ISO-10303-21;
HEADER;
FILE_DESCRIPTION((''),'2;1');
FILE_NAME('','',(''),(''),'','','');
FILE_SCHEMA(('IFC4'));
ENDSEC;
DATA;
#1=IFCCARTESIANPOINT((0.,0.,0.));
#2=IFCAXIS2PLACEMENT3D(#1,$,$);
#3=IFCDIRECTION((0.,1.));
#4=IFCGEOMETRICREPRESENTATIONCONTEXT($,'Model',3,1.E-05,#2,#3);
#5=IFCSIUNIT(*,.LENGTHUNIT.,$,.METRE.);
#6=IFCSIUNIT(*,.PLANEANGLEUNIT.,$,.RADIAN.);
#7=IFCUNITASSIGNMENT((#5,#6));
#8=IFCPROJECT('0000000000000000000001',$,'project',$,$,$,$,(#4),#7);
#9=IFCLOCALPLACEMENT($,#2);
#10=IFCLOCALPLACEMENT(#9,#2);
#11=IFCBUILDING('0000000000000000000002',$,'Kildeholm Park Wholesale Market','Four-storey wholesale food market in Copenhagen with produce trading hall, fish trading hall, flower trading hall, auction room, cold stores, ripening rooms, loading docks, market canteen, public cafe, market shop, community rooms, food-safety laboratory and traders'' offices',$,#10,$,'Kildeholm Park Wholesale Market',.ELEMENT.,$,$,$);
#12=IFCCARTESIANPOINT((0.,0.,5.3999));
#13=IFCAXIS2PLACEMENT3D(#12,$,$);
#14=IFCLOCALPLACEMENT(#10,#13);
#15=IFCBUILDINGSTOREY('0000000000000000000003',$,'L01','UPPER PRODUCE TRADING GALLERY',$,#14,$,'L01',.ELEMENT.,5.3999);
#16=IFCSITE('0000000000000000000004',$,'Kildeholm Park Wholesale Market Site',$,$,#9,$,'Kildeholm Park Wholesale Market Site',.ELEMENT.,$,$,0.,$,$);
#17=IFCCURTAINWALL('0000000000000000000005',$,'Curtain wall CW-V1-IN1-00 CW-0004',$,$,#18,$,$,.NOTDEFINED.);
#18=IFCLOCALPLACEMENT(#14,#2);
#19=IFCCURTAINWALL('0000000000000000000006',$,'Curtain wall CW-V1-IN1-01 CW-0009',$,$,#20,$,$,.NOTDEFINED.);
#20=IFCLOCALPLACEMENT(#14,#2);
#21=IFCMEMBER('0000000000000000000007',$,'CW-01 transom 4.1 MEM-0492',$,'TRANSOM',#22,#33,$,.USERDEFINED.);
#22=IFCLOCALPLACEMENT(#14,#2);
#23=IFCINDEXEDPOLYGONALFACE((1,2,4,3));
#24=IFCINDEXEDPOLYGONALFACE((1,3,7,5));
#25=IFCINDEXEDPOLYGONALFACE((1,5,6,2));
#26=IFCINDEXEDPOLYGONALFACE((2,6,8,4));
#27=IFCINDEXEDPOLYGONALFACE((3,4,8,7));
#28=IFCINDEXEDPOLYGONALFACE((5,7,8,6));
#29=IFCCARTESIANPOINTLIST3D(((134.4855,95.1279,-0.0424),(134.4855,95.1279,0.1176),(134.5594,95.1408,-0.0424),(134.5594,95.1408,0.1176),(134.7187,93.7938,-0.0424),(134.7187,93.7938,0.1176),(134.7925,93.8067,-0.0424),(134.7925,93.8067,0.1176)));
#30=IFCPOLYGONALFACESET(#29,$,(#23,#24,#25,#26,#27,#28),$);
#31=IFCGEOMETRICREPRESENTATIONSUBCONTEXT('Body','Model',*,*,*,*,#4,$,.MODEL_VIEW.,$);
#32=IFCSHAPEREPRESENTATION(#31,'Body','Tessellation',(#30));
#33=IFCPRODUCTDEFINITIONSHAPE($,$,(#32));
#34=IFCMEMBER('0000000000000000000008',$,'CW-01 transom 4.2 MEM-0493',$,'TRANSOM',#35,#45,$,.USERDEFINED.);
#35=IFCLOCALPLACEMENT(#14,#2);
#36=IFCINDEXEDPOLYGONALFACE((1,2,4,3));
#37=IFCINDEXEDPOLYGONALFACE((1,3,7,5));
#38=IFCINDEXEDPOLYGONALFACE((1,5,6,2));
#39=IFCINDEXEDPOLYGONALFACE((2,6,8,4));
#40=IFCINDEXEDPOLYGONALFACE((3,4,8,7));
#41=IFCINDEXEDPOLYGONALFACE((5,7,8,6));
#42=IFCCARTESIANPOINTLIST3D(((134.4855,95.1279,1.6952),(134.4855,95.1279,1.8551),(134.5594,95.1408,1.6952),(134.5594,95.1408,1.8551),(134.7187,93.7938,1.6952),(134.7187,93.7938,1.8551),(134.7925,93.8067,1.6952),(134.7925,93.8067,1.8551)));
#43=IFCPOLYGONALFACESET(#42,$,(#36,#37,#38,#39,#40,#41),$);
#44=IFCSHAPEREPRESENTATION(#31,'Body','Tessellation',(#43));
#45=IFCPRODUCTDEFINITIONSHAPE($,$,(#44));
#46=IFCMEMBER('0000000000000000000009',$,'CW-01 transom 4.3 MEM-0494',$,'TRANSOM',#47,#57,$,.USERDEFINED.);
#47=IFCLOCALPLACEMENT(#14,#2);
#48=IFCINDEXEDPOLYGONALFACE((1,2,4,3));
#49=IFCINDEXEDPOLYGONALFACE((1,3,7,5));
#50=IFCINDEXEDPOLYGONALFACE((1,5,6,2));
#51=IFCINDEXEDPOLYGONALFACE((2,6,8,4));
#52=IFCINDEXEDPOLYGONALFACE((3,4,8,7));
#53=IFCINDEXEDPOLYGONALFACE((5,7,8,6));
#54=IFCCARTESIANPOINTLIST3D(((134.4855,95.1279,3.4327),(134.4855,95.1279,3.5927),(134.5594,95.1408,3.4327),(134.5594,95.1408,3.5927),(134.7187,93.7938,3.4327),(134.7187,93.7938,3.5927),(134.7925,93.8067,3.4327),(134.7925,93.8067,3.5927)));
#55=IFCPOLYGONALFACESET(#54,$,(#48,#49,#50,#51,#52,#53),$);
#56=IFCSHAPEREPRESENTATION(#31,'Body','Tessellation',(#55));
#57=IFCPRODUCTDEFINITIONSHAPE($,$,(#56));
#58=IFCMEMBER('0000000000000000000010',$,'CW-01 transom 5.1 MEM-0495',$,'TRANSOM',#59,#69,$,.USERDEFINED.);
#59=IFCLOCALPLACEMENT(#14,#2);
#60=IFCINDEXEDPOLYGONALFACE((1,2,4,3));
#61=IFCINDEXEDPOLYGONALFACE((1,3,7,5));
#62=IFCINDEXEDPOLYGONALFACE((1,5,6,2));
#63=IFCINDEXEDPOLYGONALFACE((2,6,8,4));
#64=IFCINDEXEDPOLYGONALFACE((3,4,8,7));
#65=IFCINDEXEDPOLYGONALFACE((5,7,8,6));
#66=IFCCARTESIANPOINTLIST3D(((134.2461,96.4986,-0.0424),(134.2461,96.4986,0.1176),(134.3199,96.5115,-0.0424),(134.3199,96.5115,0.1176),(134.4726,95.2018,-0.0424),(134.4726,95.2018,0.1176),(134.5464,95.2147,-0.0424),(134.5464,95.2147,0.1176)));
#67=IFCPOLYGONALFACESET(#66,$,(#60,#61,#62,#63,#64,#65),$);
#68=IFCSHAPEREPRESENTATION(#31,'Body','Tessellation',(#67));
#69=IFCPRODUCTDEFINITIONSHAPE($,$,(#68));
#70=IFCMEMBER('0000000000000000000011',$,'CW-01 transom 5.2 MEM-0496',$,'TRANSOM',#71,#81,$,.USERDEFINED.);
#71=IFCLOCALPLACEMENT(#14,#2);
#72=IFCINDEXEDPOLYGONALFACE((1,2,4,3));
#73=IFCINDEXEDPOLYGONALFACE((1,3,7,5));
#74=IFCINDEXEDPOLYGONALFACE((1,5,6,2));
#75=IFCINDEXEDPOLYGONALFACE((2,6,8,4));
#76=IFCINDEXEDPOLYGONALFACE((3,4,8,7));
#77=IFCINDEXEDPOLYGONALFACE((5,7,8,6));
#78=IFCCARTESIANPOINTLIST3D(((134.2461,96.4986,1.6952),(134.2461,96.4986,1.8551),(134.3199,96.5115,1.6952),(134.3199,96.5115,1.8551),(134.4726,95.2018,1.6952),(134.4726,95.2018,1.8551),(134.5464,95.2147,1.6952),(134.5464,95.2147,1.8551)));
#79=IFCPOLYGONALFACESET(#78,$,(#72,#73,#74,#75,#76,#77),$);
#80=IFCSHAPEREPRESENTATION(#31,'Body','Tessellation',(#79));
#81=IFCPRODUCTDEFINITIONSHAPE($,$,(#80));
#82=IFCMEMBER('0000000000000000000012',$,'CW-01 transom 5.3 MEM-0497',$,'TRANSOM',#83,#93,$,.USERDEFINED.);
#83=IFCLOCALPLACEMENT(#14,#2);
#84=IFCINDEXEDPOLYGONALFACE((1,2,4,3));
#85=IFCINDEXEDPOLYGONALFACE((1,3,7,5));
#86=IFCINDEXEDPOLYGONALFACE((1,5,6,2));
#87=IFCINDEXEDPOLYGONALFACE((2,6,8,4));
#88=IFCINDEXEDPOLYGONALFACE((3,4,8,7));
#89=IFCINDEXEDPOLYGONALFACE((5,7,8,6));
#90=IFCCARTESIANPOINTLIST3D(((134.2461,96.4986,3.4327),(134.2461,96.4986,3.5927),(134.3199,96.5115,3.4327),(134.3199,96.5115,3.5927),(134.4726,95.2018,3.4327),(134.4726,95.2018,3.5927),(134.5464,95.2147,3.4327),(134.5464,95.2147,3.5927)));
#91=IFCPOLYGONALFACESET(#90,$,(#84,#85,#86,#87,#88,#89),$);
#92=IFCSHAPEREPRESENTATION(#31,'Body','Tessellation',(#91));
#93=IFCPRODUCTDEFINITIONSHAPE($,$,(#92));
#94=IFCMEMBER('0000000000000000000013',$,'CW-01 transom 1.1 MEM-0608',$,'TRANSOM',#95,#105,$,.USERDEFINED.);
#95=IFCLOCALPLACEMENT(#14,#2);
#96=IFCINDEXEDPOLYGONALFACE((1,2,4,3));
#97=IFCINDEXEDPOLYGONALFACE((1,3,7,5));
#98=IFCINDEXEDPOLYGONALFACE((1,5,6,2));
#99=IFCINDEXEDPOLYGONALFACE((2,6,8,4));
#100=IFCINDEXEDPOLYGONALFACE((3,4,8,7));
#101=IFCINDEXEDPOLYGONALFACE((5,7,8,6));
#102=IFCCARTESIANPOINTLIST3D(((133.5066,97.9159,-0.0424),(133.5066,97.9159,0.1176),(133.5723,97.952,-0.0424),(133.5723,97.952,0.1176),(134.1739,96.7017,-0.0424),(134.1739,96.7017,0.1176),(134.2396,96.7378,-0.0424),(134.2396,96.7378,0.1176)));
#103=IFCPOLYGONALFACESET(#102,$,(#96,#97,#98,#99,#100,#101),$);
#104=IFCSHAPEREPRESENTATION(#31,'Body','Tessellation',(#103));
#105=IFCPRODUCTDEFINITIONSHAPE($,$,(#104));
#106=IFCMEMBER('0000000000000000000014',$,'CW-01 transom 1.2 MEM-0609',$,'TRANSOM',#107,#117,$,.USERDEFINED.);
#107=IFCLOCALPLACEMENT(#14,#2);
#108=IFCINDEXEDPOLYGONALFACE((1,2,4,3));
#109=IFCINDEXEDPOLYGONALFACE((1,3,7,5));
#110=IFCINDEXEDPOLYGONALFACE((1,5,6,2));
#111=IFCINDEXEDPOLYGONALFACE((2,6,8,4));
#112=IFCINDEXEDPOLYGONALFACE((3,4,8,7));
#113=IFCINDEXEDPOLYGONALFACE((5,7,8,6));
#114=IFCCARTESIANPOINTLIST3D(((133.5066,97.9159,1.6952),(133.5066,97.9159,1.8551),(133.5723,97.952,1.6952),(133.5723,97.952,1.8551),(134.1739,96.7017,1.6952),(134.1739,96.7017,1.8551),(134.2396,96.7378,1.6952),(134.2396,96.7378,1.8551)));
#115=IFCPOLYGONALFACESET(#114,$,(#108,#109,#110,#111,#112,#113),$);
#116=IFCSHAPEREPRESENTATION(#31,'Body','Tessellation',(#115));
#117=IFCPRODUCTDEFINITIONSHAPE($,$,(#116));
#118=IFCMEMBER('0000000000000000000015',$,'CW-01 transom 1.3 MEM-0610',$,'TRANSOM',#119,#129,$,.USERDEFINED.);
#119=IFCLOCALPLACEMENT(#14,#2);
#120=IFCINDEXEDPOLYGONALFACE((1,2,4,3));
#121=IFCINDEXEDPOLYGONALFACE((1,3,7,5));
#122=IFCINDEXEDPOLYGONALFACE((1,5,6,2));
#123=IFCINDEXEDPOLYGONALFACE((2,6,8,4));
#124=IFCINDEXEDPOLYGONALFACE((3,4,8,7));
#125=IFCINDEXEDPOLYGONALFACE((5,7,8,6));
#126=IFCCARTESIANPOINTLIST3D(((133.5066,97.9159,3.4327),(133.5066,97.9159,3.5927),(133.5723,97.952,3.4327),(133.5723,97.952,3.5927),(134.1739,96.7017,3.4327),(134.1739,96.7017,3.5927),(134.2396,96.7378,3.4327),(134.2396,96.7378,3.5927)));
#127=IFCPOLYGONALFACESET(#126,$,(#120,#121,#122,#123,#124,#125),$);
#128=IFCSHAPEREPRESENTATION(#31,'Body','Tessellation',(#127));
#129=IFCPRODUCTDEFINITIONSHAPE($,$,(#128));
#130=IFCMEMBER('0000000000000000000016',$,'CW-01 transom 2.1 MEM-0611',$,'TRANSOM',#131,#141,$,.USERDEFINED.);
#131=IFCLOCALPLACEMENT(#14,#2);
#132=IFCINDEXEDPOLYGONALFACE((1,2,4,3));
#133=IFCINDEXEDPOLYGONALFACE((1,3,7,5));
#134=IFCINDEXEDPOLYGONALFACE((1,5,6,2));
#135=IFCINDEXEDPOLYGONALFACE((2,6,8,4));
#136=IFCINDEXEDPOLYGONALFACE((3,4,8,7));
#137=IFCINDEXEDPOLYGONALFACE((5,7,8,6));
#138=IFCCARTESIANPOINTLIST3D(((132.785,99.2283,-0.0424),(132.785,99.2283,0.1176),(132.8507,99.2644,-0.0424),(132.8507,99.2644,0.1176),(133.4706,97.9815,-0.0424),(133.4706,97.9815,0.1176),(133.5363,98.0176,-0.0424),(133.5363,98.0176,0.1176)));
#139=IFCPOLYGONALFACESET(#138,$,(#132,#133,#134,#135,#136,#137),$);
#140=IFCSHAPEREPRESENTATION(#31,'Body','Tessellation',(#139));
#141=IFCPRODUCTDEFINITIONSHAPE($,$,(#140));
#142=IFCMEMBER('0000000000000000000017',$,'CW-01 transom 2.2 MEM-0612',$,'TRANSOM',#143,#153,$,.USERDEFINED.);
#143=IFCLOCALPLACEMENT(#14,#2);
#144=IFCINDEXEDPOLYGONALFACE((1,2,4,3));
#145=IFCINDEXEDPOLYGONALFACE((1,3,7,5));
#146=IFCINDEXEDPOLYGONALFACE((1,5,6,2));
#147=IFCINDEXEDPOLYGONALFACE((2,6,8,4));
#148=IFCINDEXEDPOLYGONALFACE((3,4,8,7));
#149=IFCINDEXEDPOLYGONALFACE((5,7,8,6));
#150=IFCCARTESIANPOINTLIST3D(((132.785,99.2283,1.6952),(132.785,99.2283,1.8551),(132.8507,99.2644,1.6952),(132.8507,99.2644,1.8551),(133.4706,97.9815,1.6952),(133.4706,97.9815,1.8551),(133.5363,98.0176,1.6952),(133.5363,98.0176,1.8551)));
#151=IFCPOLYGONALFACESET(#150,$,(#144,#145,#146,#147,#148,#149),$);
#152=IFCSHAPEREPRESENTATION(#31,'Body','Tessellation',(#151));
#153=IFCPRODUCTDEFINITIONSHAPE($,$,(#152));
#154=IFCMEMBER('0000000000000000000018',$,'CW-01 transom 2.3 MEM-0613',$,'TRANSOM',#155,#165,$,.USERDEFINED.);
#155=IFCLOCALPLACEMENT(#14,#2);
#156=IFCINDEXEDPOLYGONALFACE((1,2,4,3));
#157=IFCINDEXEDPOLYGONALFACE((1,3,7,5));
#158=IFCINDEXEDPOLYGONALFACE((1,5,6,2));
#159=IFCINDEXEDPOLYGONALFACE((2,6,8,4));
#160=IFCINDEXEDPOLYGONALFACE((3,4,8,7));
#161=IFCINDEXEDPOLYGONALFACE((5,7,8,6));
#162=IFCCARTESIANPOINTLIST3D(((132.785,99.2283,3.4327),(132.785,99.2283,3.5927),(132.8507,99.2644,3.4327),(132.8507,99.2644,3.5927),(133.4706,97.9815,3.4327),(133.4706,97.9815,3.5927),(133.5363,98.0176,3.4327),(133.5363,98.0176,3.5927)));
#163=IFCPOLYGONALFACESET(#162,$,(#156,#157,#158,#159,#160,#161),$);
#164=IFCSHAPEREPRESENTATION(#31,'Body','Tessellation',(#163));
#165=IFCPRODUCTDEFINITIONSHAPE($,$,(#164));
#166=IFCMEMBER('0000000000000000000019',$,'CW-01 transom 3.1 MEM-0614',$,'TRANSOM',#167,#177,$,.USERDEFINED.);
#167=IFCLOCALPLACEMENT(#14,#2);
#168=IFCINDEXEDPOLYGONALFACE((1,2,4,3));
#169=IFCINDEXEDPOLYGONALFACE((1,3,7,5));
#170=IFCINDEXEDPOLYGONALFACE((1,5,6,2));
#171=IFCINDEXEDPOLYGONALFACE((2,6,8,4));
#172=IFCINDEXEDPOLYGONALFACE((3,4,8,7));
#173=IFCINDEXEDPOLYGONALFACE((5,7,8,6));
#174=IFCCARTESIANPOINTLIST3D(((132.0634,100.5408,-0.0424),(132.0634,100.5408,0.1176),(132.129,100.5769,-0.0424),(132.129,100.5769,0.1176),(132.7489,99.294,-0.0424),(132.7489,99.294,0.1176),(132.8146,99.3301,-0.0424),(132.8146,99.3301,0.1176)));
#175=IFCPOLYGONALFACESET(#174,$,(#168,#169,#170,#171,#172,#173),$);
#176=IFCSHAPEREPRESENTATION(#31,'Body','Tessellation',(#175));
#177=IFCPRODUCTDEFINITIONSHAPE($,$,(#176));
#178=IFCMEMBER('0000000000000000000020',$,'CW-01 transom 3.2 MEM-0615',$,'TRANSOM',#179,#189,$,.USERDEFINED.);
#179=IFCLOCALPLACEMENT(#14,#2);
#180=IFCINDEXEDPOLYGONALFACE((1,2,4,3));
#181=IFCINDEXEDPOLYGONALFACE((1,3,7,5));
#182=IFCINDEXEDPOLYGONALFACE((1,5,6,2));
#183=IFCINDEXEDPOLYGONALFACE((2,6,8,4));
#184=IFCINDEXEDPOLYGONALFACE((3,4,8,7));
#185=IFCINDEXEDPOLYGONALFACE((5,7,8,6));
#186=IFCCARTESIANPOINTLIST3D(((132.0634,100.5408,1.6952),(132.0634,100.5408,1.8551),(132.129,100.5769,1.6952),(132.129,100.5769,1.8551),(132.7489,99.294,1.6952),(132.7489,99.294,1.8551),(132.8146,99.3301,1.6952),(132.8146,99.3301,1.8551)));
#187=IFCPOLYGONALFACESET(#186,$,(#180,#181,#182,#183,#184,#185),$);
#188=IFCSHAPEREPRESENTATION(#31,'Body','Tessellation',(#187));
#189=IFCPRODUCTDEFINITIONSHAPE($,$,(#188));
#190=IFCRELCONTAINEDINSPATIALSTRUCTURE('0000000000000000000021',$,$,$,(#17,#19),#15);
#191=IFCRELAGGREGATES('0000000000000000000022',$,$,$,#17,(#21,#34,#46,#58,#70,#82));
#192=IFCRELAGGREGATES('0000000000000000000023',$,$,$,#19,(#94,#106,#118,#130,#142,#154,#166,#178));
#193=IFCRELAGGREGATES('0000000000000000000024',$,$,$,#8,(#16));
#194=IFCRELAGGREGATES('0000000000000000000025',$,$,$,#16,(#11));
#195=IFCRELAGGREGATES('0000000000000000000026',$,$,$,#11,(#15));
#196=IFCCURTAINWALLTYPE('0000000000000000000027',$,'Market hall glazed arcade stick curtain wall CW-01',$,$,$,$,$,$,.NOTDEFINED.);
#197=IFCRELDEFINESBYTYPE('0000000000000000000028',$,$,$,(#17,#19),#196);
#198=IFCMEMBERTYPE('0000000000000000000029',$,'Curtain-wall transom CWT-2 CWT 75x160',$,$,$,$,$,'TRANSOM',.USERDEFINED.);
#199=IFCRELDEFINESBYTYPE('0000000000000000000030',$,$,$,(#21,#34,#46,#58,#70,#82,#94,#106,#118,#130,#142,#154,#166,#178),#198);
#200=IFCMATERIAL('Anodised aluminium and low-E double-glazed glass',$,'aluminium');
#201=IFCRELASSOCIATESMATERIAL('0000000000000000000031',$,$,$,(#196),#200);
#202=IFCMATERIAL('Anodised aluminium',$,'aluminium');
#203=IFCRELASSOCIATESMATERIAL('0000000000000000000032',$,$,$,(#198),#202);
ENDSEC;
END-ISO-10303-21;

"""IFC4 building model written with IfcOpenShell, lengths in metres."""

from ifc_helpers import new_model, si_unit, direction, frame, origin, origin_2d, place, context, subcontext, project, spatial, rectangle, extrude, material, material_profile, profile_set, type_object, element, aggregate, save


model = new_model("IFC4")

# Units and contexts
model_context = context("Model", 3, precision=1e-05, world=origin(), true_north=direction((0.0, 1.0)))
body_context = subcontext(model_context, "Body", "Model", "MODEL_VIEW")
ifc_project = project(units=[si_unit("LENGTHUNIT", "METRE"), si_unit("PLANEANGLEUNIT", "RADIAN")], contexts=[model_context])

# Site, building, storey
site_placement = place(None, origin())
site = spatial("IfcSite", under=ifc_project, at=site_placement, Name="Kildeholm Park Wholesale Market Site", LongName="Kildeholm Park Wholesale Market Site", CompositionType="ELEMENT", RefElevation=0.0)
building_placement = place(site_placement, origin())
building = spatial("IfcBuilding", under=site, at=building_placement, Name="Kildeholm Park Wholesale Market", Description="Four-storey wholesale food market in Copenhagen with produce trading hall, fish trading hall, flower trading hall, auction room, cold stores, ripening rooms, loading docks, market canteen, public cafe, market shop, community rooms, food-safety laboratory and traders' offices", LongName="Kildeholm Park Wholesale Market", CompositionType="ELEMENT")
storey_placement = place(building_placement, frame((0.0, 0.0, 5.3999)))
storey = spatial("IfcBuildingStorey", under=building, at=storey_placement, Name="L01", Description="UPPER PRODUCE TRADING GALLERY", LongName="L01", CompositionType="ELEMENT", Elevation=5.3999)

# Curtain walls
ifc_material_1 = material(Name="Anodised aluminium and low-E double-glazed glass", Category="aluminium")
curtain_wall_type = type_object("IfcCurtainWallType", Name="Market hall glazed arcade stick curtain wall CW-01", PredefinedType="NOTDEFINED", material=ifc_material_1)
curtain_wall_1_placement = place(storey_placement, origin())
curtain_wall_1 = element("IfcCurtainWall", 1, at=curtain_wall_1_placement, inside=storey, type_object=curtain_wall_type, Name="Curtain wall CW-V1-IN1-00 CW-0004", PredefinedType="NOTDEFINED")
ifc_material_2 = material(Name="Anodised aluminium", Category="aluminium")
curtain_wall_2_placement = place(storey_placement, origin())
curtain_wall_2 = element("IfcCurtainWall", 2, at=curtain_wall_2_placement, inside=storey, type_object=curtain_wall_type, Name="Curtain wall CW-V1-IN1-01 CW-0009", PredefinedType="NOTDEFINED")

# Members
ifc_material_profile_1 = material_profile(ifc_material_2, rectangle(XDim=0.075, YDim=0.1599, at=origin_2d()), Name="CWT 75x160")
ifc_profile_set_1 = profile_set([ifc_material_profile_1], Name="Anodised aluminium")
member_type_1 = type_object("IfcMemberType", Name="Curtain-wall transom CWT-2 CWT 75x160", ElementType="TRANSOM", PredefinedType="USERDEFINED", material=ifc_profile_set_1)
member_1_placement = place(storey_placement, frame((134.7556, 93.8003, 0.0376), z_axis=(-0.17217, 0.985067, 0.0), x_axis=(-0.985067, -0.17217, 0.0)))
member_1 = element("IfcMember", 3, at=member_1_placement, type_object=member_type_1, Name="CW-01 transom 4.1 MEM-0492", ObjectType="TRANSOM", PredefinedType="USERDEFINED", context=body_context, shape_type="SweptSolid", body=[
    extrude(rectangle(XDim=0.075, YDim=0.1599, at=origin_2d()), origin(), (0.0, 0.0, 1.0), 1.3542),
])
member_2_placement = place(storey_placement, frame((134.7556, 93.8003, 1.7751), z_axis=(-0.17217, 0.985067, 0.0), x_axis=(-0.985067, -0.17217, 0.0)))
member_2 = element("IfcMember", 4, at=member_2_placement, type_object=member_type_1, Name="CW-01 transom 4.2 MEM-0493", ObjectType="TRANSOM", PredefinedType="USERDEFINED", context=body_context, shape_type="SweptSolid", body=[
    extrude(rectangle(XDim=0.075, YDim=0.1599, at=origin_2d()), origin(), (0.0, 0.0, 1.0), 1.3542),
])
member_3_placement = place(storey_placement, frame((134.7556, 93.8003, 3.5127), z_axis=(-0.17217, 0.985067, 0.0), x_axis=(-0.985067, -0.17217, 0.0)))
member_3 = element("IfcMember", 5, at=member_3_placement, type_object=member_type_1, Name="CW-01 transom 4.3 MEM-0494", ObjectType="TRANSOM", PredefinedType="USERDEFINED", context=body_context, shape_type="SweptSolid", body=[
    extrude(rectangle(XDim=0.075, YDim=0.1599, at=origin_2d()), origin(), (0.0, 0.0, 1.0), 1.3542),
])
member_4_placement = place(storey_placement, frame((134.5095, 95.2083, 0.0376), z_axis=(-0.172092, 0.985081, 0.0), x_axis=(-0.985081, -0.172092, 0.0)))
member_4 = element("IfcMember", 6, at=member_4_placement, type_object=member_type_1, Name="CW-01 transom 5.1 MEM-0495", ObjectType="TRANSOM", PredefinedType="USERDEFINED", context=body_context, shape_type="SweptSolid", body=[
    extrude(rectangle(XDim=0.075, YDim=0.1599, at=origin_2d()), origin(), (0.0, 0.0, 1.0), 1.3164),
])
member_5_placement = place(storey_placement, frame((134.5095, 95.2083, 1.7751), z_axis=(-0.172092, 0.985081, 0.0), x_axis=(-0.985081, -0.172092, 0.0)))
member_5 = element("IfcMember", 7, at=member_5_placement, type_object=member_type_1, Name="CW-01 transom 5.2 MEM-0496", ObjectType="TRANSOM", PredefinedType="USERDEFINED", context=body_context, shape_type="SweptSolid", body=[
    extrude(rectangle(XDim=0.075, YDim=0.1599, at=origin_2d()), origin(), (0.0, 0.0, 1.0), 1.3164),
])
member_6_placement = place(storey_placement, frame((134.5095, 95.2083, 3.5127), z_axis=(-0.172092, 0.985081, 0.0), x_axis=(-0.985081, -0.172092, 0.0)))
member_6 = element("IfcMember", 8, at=member_6_placement, type_object=member_type_1, Name="CW-01 transom 5.3 MEM-0497", ObjectType="TRANSOM", PredefinedType="USERDEFINED", context=body_context, shape_type="SweptSolid", body=[
    extrude(rectangle(XDim=0.075, YDim=0.1599, at=origin_2d()), origin(), (0.0, 0.0, 1.0), 1.3164),
])
member_7_placement = place(storey_placement, frame((134.2068, 96.7197, 0.0376), z_axis=(-0.481628, 0.876376, 0.0), x_axis=(-0.876376, -0.481628, 0.0)))
member_7 = element("IfcMember", 9, at=member_7_placement, type_object=member_type_1, Name="CW-01 transom 1.1 MEM-0608", ObjectType="TRANSOM", PredefinedType="USERDEFINED", context=body_context, shape_type="SweptSolid", body=[
    extrude(rectangle(XDim=0.075, YDim=0.1599, at=origin_2d()), origin(), (0.0, 0.0, 1.0), 1.3855),
])
member_8_placement = place(storey_placement, frame((134.2068, 96.7197, 1.7751), z_axis=(-0.481628, 0.876376, 0.0), x_axis=(-0.876376, -0.481628, 0.0)))
member_8 = element("IfcMember", 10, at=member_8_placement, type_object=member_type_1, Name="CW-01 transom 1.2 MEM-0609", ObjectType="TRANSOM", PredefinedType="USERDEFINED", context=body_context, shape_type="SweptSolid", body=[
    extrude(rectangle(XDim=0.075, YDim=0.1599, at=origin_2d()), origin(), (0.0, 0.0, 1.0), 1.3855),
])
member_9_placement = place(storey_placement, frame((134.2068, 96.7197, 3.5127), z_axis=(-0.481628, 0.876376, 0.0), x_axis=(-0.876376, -0.481628, 0.0)))
member_9 = element("IfcMember", 11, at=member_9_placement, type_object=member_type_1, Name="CW-01 transom 1.3 MEM-0610", ObjectType="TRANSOM", PredefinedType="USERDEFINED", context=body_context, shape_type="SweptSolid", body=[
    extrude(rectangle(XDim=0.075, YDim=0.1599, at=origin_2d()), origin(), (0.0, 0.0, 1.0), 1.3855),
])
member_10_placement = place(storey_placement, frame((133.5034, 97.9995, 0.0376), z_axis=(-0.481807, 0.876277, 0.0), x_axis=(-0.876277, -0.481807, 0.0)))
member_10 = element("IfcMember", 12, at=member_10_placement, type_object=member_type_1, Name="CW-01 transom 2.1 MEM-0611", ObjectType="TRANSOM", PredefinedType="USERDEFINED", context=body_context, shape_type="SweptSolid", body=[
    extrude(rectangle(XDim=0.075, YDim=0.1599, at=origin_2d()), origin(), (0.0, 0.0, 1.0), 1.4229),
])
member_11_placement = place(storey_placement, frame((133.5034, 97.9995, 1.7751), z_axis=(-0.481807, 0.876277, 0.0), x_axis=(-0.876277, -0.481807, 0.0)))
member_11 = element("IfcMember", 13, at=member_11_placement, type_object=member_type_1, Name="CW-01 transom 2.2 MEM-0612", ObjectType="TRANSOM", PredefinedType="USERDEFINED", context=body_context, shape_type="SweptSolid", body=[
    extrude(rectangle(XDim=0.075, YDim=0.1599, at=origin_2d()), origin(), (0.0, 0.0, 1.0), 1.4229),
])
member_12_placement = place(storey_placement, frame((133.5034, 97.9995, 3.5127), z_axis=(-0.481807, 0.876277, 0.0), x_axis=(-0.876277, -0.481807, 0.0)))
member_12 = element("IfcMember", 14, at=member_12_placement, type_object=member_type_1, Name="CW-01 transom 2.3 MEM-0613", ObjectType="TRANSOM", PredefinedType="USERDEFINED", context=body_context, shape_type="SweptSolid", body=[
    extrude(rectangle(XDim=0.075, YDim=0.1599, at=origin_2d()), origin(), (0.0, 0.0, 1.0), 1.4229),
])
member_13_placement = place(storey_placement, frame((132.7817, 99.312, 0.0376), z_axis=(-0.481807, 0.876277, 0.0), x_axis=(-0.876277, -0.481807, 0.0)))
member_13 = element("IfcMember", 15, at=member_13_placement, type_object=member_type_1, Name="CW-01 transom 3.1 MEM-0614", ObjectType="TRANSOM", PredefinedType="USERDEFINED", context=body_context, shape_type="SweptSolid", body=[
    extrude(rectangle(XDim=0.075, YDim=0.1599, at=origin_2d()), origin(), (0.0, 0.0, 1.0), 1.4229),
])
member_14_placement = place(storey_placement, frame((132.7817, 99.312, 1.7751), z_axis=(-0.481807, 0.876277, 0.0), x_axis=(-0.876277, -0.481807, 0.0)))
member_14 = element("IfcMember", 16, at=member_14_placement, type_object=member_type_1, Name="CW-01 transom 3.2 MEM-0615", ObjectType="TRANSOM", PredefinedType="USERDEFINED", context=body_context, shape_type="SweptSolid", body=[
    extrude(rectangle(XDim=0.075, YDim=0.1599, at=origin_2d()), origin(), (0.0, 0.0, 1.0), 1.4229),
])

aggregate(curtain_wall_1, [member_1, member_2, member_3, member_4, member_5, member_6])
aggregate(curtain_wall_2, [member_7, member_8, member_9, member_10, member_11, member_12, member_13, member_14])

save(model, "model.ifc")
